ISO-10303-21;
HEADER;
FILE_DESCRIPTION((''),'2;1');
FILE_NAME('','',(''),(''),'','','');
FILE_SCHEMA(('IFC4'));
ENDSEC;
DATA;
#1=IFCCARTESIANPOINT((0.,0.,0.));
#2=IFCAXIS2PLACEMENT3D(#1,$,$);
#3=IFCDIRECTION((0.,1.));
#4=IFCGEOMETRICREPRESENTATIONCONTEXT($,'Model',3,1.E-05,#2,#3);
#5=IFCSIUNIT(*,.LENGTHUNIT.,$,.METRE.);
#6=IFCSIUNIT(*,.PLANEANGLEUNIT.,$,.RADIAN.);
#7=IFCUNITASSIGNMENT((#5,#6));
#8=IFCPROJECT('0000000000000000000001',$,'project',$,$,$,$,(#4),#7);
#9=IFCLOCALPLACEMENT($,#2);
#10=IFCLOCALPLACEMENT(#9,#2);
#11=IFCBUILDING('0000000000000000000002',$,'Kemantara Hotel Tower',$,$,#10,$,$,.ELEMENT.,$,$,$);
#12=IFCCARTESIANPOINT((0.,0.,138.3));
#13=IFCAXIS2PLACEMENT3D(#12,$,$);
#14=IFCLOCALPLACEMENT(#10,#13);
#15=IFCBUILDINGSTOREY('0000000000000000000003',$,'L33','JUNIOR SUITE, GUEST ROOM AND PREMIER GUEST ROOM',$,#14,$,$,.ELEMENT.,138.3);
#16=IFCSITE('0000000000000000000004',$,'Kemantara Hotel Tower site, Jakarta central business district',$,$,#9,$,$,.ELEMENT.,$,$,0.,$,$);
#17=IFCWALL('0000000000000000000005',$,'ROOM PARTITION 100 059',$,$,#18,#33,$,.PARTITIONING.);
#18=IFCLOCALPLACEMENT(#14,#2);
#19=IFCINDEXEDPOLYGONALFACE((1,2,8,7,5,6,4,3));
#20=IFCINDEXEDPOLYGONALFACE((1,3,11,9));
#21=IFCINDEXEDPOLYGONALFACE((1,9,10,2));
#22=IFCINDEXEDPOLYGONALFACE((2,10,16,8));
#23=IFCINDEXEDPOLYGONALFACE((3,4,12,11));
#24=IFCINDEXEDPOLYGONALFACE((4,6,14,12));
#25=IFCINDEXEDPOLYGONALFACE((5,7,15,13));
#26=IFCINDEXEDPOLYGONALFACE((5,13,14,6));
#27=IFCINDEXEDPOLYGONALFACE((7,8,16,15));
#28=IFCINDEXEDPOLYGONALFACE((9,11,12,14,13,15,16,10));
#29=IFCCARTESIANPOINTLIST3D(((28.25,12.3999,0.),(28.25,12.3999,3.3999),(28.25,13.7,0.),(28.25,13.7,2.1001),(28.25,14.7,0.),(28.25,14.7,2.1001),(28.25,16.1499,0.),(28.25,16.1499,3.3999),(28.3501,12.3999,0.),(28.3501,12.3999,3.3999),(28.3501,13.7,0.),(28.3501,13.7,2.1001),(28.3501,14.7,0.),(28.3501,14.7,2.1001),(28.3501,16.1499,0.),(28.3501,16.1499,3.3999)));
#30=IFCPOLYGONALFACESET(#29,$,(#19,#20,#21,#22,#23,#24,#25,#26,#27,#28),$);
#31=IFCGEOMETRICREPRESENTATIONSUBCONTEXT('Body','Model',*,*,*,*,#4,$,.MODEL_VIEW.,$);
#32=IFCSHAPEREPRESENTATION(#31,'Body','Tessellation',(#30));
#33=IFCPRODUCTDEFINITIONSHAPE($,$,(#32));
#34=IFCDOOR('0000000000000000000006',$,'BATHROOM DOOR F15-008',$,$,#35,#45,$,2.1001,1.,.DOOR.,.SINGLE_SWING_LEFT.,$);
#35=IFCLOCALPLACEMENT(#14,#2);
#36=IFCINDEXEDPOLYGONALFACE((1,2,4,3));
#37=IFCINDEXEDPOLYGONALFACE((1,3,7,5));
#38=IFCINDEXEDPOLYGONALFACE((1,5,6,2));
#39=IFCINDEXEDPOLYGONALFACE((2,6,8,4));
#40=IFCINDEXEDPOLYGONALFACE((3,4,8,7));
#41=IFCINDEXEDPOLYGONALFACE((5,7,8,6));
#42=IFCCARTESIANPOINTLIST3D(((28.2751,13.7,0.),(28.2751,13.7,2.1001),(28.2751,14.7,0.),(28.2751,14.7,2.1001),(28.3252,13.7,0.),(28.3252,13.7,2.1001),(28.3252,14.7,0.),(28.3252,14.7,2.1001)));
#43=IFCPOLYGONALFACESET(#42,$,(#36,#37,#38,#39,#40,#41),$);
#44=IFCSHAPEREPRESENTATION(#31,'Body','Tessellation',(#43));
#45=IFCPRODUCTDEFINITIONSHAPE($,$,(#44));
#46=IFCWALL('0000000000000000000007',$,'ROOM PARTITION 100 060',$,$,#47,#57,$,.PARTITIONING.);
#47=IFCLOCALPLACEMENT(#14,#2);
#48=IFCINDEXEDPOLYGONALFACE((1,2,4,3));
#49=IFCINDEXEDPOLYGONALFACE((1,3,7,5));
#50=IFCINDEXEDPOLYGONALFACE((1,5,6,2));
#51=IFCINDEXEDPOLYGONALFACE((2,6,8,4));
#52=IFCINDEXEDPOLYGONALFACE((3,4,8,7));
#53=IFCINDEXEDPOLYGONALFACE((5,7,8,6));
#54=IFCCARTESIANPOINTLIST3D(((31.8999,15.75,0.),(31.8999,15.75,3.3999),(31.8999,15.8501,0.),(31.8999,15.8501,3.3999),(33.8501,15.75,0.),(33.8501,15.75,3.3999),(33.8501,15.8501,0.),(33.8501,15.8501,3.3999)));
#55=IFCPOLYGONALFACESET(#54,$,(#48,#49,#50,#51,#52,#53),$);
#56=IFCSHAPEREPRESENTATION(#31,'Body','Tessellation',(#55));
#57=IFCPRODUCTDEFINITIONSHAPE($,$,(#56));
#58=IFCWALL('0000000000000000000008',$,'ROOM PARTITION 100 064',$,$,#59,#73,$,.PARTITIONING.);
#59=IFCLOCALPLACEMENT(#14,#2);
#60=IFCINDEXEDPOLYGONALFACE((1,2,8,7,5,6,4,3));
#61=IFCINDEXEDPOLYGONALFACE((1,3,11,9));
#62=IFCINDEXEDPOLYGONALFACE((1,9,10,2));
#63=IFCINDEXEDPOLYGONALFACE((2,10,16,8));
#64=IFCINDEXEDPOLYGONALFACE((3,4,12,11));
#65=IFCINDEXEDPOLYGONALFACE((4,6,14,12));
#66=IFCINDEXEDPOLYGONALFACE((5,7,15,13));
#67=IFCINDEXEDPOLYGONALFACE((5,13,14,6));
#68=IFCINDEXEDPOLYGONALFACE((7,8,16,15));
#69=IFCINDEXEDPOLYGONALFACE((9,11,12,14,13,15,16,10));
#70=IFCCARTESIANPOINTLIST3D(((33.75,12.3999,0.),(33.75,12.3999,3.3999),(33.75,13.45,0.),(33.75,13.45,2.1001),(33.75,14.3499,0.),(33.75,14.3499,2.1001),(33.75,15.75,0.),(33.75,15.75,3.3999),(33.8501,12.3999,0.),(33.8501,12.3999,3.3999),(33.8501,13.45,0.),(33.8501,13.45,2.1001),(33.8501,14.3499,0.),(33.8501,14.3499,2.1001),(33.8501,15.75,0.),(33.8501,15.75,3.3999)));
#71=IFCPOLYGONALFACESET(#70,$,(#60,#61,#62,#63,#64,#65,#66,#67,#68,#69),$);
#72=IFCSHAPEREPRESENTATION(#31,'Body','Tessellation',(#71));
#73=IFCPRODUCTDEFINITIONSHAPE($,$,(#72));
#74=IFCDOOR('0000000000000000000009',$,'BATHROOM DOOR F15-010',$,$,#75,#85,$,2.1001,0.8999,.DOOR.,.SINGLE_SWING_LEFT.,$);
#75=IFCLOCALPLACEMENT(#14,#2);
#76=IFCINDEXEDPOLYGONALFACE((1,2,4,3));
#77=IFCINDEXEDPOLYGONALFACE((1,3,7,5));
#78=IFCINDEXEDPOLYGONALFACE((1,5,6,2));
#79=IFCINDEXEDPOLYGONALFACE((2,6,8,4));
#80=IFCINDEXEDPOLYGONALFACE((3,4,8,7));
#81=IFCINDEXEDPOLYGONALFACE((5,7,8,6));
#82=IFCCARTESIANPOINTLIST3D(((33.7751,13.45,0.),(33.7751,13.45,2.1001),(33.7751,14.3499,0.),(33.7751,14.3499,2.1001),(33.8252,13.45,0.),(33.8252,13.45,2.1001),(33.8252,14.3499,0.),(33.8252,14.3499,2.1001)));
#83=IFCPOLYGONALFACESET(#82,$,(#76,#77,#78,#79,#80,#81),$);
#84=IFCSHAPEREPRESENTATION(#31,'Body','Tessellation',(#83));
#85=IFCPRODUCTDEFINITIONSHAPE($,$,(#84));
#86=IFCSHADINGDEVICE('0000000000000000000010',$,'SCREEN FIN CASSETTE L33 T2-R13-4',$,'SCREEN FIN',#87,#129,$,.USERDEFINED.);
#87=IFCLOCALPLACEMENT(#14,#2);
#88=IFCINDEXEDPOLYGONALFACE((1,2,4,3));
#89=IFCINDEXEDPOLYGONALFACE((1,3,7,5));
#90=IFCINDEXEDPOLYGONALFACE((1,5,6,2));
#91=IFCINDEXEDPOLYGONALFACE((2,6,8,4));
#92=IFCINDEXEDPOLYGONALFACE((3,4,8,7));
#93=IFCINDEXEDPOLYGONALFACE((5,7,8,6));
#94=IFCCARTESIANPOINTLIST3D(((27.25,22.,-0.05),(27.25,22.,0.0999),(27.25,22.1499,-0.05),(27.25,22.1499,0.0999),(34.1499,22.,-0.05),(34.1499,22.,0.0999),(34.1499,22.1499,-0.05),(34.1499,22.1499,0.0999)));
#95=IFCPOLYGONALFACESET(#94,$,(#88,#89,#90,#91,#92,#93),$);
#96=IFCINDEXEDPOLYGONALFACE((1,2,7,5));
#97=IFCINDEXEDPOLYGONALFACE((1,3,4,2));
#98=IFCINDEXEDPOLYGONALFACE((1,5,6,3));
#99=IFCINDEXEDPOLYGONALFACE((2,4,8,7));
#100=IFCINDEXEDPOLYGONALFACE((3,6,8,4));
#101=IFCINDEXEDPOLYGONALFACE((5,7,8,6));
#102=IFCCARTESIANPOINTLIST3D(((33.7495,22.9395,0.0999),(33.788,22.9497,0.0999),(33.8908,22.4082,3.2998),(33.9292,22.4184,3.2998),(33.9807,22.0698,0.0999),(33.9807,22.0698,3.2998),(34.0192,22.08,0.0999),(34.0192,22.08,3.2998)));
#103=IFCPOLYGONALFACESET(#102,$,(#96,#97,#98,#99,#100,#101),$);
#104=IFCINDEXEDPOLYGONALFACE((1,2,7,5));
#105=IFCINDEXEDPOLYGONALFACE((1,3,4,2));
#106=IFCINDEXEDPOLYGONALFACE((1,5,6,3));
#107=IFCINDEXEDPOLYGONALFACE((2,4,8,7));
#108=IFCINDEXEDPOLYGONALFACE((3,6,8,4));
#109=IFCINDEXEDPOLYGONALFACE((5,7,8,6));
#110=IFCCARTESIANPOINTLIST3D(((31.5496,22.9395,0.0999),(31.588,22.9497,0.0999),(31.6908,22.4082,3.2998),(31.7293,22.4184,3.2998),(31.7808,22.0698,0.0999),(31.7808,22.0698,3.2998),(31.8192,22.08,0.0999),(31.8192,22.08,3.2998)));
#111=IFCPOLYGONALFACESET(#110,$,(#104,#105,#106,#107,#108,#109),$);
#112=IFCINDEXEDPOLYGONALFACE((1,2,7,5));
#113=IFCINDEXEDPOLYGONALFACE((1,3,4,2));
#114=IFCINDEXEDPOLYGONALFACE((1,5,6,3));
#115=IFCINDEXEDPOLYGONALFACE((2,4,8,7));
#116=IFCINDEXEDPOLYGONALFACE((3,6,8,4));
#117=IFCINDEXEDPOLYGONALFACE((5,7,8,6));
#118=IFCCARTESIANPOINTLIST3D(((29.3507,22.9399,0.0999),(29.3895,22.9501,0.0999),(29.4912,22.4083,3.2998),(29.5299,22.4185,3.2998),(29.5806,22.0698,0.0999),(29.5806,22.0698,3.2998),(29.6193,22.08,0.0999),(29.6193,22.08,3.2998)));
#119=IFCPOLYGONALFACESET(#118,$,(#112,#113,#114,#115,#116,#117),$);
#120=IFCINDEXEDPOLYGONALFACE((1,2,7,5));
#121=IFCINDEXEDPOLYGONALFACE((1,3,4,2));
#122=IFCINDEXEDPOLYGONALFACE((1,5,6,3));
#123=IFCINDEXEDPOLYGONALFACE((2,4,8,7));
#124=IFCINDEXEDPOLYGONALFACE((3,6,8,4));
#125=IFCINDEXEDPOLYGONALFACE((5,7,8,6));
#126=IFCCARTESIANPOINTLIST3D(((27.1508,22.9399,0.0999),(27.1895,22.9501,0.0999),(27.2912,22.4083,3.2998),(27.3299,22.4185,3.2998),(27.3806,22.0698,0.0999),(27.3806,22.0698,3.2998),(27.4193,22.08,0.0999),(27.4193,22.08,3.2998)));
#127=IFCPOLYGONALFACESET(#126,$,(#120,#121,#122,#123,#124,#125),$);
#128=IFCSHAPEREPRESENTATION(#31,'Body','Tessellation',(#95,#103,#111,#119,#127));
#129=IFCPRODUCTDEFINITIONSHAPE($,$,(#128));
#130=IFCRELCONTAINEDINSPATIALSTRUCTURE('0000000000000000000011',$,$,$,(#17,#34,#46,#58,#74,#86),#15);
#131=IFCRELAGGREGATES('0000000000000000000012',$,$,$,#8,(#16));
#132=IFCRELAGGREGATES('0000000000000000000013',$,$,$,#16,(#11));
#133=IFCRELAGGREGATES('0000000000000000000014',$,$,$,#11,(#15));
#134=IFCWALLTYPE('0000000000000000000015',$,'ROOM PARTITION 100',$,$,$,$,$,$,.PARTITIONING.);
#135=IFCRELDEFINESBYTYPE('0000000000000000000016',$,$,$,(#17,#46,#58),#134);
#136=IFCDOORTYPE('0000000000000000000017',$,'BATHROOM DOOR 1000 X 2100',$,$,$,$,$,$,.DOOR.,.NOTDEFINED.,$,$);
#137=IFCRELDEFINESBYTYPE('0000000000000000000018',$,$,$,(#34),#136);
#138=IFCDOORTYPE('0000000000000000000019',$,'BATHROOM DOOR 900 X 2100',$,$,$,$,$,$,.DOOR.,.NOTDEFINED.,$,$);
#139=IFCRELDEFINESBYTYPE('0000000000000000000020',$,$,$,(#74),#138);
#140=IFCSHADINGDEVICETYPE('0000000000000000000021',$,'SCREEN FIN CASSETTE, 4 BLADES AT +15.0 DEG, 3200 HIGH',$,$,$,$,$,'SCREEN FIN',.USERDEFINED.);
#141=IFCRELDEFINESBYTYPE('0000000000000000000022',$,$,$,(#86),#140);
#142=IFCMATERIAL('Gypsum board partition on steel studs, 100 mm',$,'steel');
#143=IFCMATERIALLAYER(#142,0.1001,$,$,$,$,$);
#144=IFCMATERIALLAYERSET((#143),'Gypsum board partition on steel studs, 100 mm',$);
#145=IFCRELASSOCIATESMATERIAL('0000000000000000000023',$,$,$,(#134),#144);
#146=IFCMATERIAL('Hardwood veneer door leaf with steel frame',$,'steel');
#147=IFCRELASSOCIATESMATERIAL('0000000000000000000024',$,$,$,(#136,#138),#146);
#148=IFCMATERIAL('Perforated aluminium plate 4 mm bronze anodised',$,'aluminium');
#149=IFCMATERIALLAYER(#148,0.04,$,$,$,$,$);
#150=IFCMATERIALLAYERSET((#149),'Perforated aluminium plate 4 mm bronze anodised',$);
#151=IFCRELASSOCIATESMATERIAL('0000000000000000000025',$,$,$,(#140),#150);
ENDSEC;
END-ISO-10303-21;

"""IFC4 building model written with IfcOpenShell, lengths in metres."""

from ifc_helpers import new_model, si_unit, direction, frame, frame_2d, origin, origin_2d, place, context, subcontext, project, spatial, polyline, rectangle, outline, extrude, source, transform, mapped, material, layer, layer_set, type_object, element, fill, save


model = new_model("IFC4")

# Units and contexts
model_context = context("Model", 3, precision=1e-05, world=origin(), true_north=direction((0.0, 1.0)))
body_context = subcontext(model_context, "Body", "Model", "MODEL_VIEW")
ifc_project = project(units=[si_unit("LENGTHUNIT", "METRE"), si_unit("PLANEANGLEUNIT", "RADIAN")], contexts=[model_context])

# Site, building, storey
site_placement = place(None, origin())
site = spatial("IfcSite", under=ifc_project, at=site_placement, Name="Kemantara Hotel Tower site, Jakarta central business district", CompositionType="ELEMENT", RefElevation=0.0)
building_placement = place(site_placement, origin())
building = spatial("IfcBuilding", under=site, at=building_placement, Name="Kemantara Hotel Tower", CompositionType="ELEMENT")
storey_placement = place(building_placement, frame((0.0, 0.0, 138.3)))
storey = spatial("IfcBuildingStorey", under=building, at=storey_placement, Name="L33", Description="JUNIOR SUITE, GUEST ROOM AND PREMIER GUEST ROOM", CompositionType="ELEMENT", Elevation=138.3)

# Shared definitions
ifc_material_1 = material(Name="Hardwood veneer door leaf with steel frame", Category="steel")

# Shared definitions
ifc_material_2 = material(Name="Gypsum board partition on steel studs, 100 mm", Category="steel")
ifc_layer_1 = layer(ifc_material_2, 0.1001)
ifc_layer_set_1 = layer_set([ifc_layer_1], Name="Gypsum board partition on steel studs, 100 mm")
wall_type_1 = type_object("IfcWallType", Name="ROOM PARTITION 100", PredefinedType="PARTITIONING", material=ifc_layer_set_1)

# Wall, opening, door
wall_1_placement = place(storey_placement, frame((28.3, 12.3999, 0.0), z_axis=(0.0, 0.0, 1.0), x_axis=(0.0, 1.0, 0.0)))
wall_1 = element("IfcWall", 1, at=wall_1_placement, inside=storey, type_object=wall_type_1, Name="ROOM PARTITION 100 059", PredefinedType="PARTITIONING", context=body_context, shape_type="SweptSolid", body=[
    extrude(rectangle(XDim=3.75, YDim=0.1001, at=frame_2d((1.875, 0.0))), origin(), (0.0, 0.0, 1.0), 3.3999),
])
opening_1_placement = place(wall_1_placement, frame((1.3, 0.0, 0.0)))
opening_1 = element("IfcOpeningElement", 2, at=opening_1_placement, cuts=wall_1, PredefinedType="OPENING", context=body_context, shape_type="SweptSolid", body=[
    extrude(rectangle(XDim=1.0, YDim=2.1001, at=frame_2d((0.5, 1.05))), frame((0.0, 0.0601, 0.0), z_axis=(0.0, -1.0, 0.0), x_axis=(1.0, 0.0, 0.0)), (0.0, 0.0, 1.0), 0.1201),
])
door_type_1 = type_object("IfcDoorType", Name="BATHROOM DOOR 1000 X 2100", OperationType="NOTDEFINED", PredefinedType="DOOR", material=ifc_material_1)
door_1_placement = place(opening_1_placement, origin())
door_1 = element("IfcDoor", 3, at=door_1_placement, inside=storey, type_object=door_type_1, Name="BATHROOM DOOR F15-008", OperationType="SINGLE_SWING_LEFT", OverallHeight=2.1001, OverallWidth=1.0, PredefinedType="DOOR", context=body_context, shape_type="SweptSolid", body=[
    extrude(rectangle(XDim=1.0, YDim=2.1001, at=frame_2d((0.5, 1.05))), frame((0.0, 0.0249, 0.0), z_axis=(0.0, -1.0, 0.0), x_axis=(1.0, 0.0, 0.0)), (0.0, 0.0, 1.0), 0.05),
])
fill(opening_1, door_1)

# Wall
wall_2_placement = place(storey_placement, frame((31.8999, 15.8, 0.0), z_axis=(0.0, 0.0, 1.0), x_axis=(1.0, 0.0, 0.0)))
element("IfcWall", 4, at=wall_2_placement, inside=storey, type_object=wall_type_1, Name="ROOM PARTITION 100 060", PredefinedType="PARTITIONING", context=body_context, shape_type="SweptSolid", body=[
    extrude(rectangle(XDim=1.9502, YDim=0.1001, at=frame_2d((0.9751, 0.0))), origin(), (0.0, 0.0, 1.0), 3.3999),
])

# Wall, opening, door
wall_3_placement = place(storey_placement, frame((33.8, 12.3999, 0.0), z_axis=(0.0, 0.0, 1.0), x_axis=(0.0, 1.0, 0.0)))
wall_3 = element("IfcWall", 5, at=wall_3_placement, inside=storey, type_object=wall_type_1, Name="ROOM PARTITION 100 064", PredefinedType="PARTITIONING", context=body_context, shape_type="SweptSolid", body=[
    extrude(rectangle(XDim=3.3501, YDim=0.1001, at=frame_2d((1.675, 0.0))), origin(), (0.0, 0.0, 1.0), 3.3999),
])
opening_2_placement = place(wall_3_placement, frame((1.05, 0.0, 0.0)))
opening_2 = element("IfcOpeningElement", 6, at=opening_2_placement, cuts=wall_3, PredefinedType="OPENING", context=body_context, shape_type="SweptSolid", body=[
    extrude(rectangle(XDim=0.8999, YDim=2.1001, at=frame_2d((0.45, 1.05))), frame((0.0, 0.0601, 0.0), z_axis=(0.0, -1.0, 0.0), x_axis=(1.0, 0.0, 0.0)), (0.0, 0.0, 1.0), 0.1201),
])
door_type_2 = type_object("IfcDoorType", Name="BATHROOM DOOR 900 X 2100", OperationType="NOTDEFINED", PredefinedType="DOOR", material=ifc_material_1)
door_2_placement = place(opening_2_placement, origin())
door_2 = element("IfcDoor", 7, at=door_2_placement, inside=storey, type_object=door_type_2, Name="BATHROOM DOOR F15-010", OperationType="SINGLE_SWING_LEFT", OverallHeight=2.1001, OverallWidth=0.8999, PredefinedType="DOOR", context=body_context, shape_type="SweptSolid", body=[
    extrude(rectangle(XDim=0.8999, YDim=2.1001, at=frame_2d((0.45, 1.05))), frame((0.0, 0.0249, 0.0), z_axis=(0.0, -1.0, 0.0), x_axis=(1.0, 0.0, 0.0)), (0.0, 0.0, 1.0), 0.05),
])
fill(opening_2, door_2)

# Shading device
ifc_material_3 = material(Name="Perforated aluminium plate 4 mm bronze anodised", Category="aluminium")
ifc_layer_2 = layer(ifc_material_3, 0.04)
ifc_layer_set_2 = layer_set([ifc_layer_2], Name="Perforated aluminium plate 4 mm bronze anodised")
shading_device_type = type_object("IfcShadingDeviceType", Name="SCREEN FIN CASSETTE, 4 BLADES AT +15.0 DEG, 3200 HIGH", ElementType="SCREEN FIN", PredefinedType="USERDEFINED", material=ifc_layer_set_2)
shared_shape_1 = source(origin(), body_context, "Body", "SweptSolid", [
    extrude(rectangle(XDim=6.8999, YDim=0.1499, at=origin_2d()), frame((3.3, -0.075, -0.1499), z_axis=(0.0, 0.0, 1.0), x_axis=(1.0, 0.0, 0.0)), (0.0, 0.0, 1.0), 0.1499),
    extrude(outline(polyline([(0.0, 0.0), (0.8999, 0.0), (0.3501, 3.2), (0.0, 3.2), (0.0, 0.0)])), frame((0.0193, -0.0698, 0.0), z_axis=(-0.966438, -0.256901, 0.0), x_axis=(0.256901, -0.966438, 0.0)), (0.0, 0.0, 1.0), 0.0398),
    extrude(outline(polyline([(0.0, 0.0), (0.8999, 0.0), (0.3501, 3.2), (0.0, 3.2), (0.0, 0.0)])), frame((2.2192, -0.0698, 0.0), z_axis=(-0.966438, -0.256901, 0.0), x_axis=(0.256901, -0.966438, 0.0)), (0.0, 0.0, 1.0), 0.0398),
    extrude(outline(polyline([(0.0, 0.0), (0.8999, 0.0), (0.3501, 3.2), (0.0, 3.2), (0.0, 0.0)])), frame((4.4194, -0.0698, 0.0), z_axis=(-0.966838, -0.255391, 0.0), x_axis=(0.255391, -0.966838, 0.0)), (0.0, 0.0, 1.0), 0.04),
    extrude(outline(polyline([(0.0, 0.0), (0.8999, 0.0), (0.3501, 3.2), (0.0, 3.2), (0.0, 0.0)])), frame((6.6194, -0.0698, 0.0), z_axis=(-0.966838, -0.255391, 0.0), x_axis=(0.255391, -0.966838, 0.0)), (0.0, 0.0, 1.0), 0.04),
])
shading_device_placement = place(storey_placement, frame((34.0, 22.0, 0.0999), z_axis=(0.0, 0.0, 1.0), x_axis=(-1.0, 0.0, 0.0)))
element("IfcShadingDevice", 8, at=shading_device_placement, inside=storey, type_object=shading_device_type, Name="SCREEN FIN CASSETTE L33 T2-R13-4", ObjectType="SCREEN FIN", PredefinedType="USERDEFINED", context=body_context, shape_type="MappedRepresentation", body=[
    mapped(shared_shape_1, transform((0.0, 0.0, 0.0))),
])

save(model, "model.ifc")
